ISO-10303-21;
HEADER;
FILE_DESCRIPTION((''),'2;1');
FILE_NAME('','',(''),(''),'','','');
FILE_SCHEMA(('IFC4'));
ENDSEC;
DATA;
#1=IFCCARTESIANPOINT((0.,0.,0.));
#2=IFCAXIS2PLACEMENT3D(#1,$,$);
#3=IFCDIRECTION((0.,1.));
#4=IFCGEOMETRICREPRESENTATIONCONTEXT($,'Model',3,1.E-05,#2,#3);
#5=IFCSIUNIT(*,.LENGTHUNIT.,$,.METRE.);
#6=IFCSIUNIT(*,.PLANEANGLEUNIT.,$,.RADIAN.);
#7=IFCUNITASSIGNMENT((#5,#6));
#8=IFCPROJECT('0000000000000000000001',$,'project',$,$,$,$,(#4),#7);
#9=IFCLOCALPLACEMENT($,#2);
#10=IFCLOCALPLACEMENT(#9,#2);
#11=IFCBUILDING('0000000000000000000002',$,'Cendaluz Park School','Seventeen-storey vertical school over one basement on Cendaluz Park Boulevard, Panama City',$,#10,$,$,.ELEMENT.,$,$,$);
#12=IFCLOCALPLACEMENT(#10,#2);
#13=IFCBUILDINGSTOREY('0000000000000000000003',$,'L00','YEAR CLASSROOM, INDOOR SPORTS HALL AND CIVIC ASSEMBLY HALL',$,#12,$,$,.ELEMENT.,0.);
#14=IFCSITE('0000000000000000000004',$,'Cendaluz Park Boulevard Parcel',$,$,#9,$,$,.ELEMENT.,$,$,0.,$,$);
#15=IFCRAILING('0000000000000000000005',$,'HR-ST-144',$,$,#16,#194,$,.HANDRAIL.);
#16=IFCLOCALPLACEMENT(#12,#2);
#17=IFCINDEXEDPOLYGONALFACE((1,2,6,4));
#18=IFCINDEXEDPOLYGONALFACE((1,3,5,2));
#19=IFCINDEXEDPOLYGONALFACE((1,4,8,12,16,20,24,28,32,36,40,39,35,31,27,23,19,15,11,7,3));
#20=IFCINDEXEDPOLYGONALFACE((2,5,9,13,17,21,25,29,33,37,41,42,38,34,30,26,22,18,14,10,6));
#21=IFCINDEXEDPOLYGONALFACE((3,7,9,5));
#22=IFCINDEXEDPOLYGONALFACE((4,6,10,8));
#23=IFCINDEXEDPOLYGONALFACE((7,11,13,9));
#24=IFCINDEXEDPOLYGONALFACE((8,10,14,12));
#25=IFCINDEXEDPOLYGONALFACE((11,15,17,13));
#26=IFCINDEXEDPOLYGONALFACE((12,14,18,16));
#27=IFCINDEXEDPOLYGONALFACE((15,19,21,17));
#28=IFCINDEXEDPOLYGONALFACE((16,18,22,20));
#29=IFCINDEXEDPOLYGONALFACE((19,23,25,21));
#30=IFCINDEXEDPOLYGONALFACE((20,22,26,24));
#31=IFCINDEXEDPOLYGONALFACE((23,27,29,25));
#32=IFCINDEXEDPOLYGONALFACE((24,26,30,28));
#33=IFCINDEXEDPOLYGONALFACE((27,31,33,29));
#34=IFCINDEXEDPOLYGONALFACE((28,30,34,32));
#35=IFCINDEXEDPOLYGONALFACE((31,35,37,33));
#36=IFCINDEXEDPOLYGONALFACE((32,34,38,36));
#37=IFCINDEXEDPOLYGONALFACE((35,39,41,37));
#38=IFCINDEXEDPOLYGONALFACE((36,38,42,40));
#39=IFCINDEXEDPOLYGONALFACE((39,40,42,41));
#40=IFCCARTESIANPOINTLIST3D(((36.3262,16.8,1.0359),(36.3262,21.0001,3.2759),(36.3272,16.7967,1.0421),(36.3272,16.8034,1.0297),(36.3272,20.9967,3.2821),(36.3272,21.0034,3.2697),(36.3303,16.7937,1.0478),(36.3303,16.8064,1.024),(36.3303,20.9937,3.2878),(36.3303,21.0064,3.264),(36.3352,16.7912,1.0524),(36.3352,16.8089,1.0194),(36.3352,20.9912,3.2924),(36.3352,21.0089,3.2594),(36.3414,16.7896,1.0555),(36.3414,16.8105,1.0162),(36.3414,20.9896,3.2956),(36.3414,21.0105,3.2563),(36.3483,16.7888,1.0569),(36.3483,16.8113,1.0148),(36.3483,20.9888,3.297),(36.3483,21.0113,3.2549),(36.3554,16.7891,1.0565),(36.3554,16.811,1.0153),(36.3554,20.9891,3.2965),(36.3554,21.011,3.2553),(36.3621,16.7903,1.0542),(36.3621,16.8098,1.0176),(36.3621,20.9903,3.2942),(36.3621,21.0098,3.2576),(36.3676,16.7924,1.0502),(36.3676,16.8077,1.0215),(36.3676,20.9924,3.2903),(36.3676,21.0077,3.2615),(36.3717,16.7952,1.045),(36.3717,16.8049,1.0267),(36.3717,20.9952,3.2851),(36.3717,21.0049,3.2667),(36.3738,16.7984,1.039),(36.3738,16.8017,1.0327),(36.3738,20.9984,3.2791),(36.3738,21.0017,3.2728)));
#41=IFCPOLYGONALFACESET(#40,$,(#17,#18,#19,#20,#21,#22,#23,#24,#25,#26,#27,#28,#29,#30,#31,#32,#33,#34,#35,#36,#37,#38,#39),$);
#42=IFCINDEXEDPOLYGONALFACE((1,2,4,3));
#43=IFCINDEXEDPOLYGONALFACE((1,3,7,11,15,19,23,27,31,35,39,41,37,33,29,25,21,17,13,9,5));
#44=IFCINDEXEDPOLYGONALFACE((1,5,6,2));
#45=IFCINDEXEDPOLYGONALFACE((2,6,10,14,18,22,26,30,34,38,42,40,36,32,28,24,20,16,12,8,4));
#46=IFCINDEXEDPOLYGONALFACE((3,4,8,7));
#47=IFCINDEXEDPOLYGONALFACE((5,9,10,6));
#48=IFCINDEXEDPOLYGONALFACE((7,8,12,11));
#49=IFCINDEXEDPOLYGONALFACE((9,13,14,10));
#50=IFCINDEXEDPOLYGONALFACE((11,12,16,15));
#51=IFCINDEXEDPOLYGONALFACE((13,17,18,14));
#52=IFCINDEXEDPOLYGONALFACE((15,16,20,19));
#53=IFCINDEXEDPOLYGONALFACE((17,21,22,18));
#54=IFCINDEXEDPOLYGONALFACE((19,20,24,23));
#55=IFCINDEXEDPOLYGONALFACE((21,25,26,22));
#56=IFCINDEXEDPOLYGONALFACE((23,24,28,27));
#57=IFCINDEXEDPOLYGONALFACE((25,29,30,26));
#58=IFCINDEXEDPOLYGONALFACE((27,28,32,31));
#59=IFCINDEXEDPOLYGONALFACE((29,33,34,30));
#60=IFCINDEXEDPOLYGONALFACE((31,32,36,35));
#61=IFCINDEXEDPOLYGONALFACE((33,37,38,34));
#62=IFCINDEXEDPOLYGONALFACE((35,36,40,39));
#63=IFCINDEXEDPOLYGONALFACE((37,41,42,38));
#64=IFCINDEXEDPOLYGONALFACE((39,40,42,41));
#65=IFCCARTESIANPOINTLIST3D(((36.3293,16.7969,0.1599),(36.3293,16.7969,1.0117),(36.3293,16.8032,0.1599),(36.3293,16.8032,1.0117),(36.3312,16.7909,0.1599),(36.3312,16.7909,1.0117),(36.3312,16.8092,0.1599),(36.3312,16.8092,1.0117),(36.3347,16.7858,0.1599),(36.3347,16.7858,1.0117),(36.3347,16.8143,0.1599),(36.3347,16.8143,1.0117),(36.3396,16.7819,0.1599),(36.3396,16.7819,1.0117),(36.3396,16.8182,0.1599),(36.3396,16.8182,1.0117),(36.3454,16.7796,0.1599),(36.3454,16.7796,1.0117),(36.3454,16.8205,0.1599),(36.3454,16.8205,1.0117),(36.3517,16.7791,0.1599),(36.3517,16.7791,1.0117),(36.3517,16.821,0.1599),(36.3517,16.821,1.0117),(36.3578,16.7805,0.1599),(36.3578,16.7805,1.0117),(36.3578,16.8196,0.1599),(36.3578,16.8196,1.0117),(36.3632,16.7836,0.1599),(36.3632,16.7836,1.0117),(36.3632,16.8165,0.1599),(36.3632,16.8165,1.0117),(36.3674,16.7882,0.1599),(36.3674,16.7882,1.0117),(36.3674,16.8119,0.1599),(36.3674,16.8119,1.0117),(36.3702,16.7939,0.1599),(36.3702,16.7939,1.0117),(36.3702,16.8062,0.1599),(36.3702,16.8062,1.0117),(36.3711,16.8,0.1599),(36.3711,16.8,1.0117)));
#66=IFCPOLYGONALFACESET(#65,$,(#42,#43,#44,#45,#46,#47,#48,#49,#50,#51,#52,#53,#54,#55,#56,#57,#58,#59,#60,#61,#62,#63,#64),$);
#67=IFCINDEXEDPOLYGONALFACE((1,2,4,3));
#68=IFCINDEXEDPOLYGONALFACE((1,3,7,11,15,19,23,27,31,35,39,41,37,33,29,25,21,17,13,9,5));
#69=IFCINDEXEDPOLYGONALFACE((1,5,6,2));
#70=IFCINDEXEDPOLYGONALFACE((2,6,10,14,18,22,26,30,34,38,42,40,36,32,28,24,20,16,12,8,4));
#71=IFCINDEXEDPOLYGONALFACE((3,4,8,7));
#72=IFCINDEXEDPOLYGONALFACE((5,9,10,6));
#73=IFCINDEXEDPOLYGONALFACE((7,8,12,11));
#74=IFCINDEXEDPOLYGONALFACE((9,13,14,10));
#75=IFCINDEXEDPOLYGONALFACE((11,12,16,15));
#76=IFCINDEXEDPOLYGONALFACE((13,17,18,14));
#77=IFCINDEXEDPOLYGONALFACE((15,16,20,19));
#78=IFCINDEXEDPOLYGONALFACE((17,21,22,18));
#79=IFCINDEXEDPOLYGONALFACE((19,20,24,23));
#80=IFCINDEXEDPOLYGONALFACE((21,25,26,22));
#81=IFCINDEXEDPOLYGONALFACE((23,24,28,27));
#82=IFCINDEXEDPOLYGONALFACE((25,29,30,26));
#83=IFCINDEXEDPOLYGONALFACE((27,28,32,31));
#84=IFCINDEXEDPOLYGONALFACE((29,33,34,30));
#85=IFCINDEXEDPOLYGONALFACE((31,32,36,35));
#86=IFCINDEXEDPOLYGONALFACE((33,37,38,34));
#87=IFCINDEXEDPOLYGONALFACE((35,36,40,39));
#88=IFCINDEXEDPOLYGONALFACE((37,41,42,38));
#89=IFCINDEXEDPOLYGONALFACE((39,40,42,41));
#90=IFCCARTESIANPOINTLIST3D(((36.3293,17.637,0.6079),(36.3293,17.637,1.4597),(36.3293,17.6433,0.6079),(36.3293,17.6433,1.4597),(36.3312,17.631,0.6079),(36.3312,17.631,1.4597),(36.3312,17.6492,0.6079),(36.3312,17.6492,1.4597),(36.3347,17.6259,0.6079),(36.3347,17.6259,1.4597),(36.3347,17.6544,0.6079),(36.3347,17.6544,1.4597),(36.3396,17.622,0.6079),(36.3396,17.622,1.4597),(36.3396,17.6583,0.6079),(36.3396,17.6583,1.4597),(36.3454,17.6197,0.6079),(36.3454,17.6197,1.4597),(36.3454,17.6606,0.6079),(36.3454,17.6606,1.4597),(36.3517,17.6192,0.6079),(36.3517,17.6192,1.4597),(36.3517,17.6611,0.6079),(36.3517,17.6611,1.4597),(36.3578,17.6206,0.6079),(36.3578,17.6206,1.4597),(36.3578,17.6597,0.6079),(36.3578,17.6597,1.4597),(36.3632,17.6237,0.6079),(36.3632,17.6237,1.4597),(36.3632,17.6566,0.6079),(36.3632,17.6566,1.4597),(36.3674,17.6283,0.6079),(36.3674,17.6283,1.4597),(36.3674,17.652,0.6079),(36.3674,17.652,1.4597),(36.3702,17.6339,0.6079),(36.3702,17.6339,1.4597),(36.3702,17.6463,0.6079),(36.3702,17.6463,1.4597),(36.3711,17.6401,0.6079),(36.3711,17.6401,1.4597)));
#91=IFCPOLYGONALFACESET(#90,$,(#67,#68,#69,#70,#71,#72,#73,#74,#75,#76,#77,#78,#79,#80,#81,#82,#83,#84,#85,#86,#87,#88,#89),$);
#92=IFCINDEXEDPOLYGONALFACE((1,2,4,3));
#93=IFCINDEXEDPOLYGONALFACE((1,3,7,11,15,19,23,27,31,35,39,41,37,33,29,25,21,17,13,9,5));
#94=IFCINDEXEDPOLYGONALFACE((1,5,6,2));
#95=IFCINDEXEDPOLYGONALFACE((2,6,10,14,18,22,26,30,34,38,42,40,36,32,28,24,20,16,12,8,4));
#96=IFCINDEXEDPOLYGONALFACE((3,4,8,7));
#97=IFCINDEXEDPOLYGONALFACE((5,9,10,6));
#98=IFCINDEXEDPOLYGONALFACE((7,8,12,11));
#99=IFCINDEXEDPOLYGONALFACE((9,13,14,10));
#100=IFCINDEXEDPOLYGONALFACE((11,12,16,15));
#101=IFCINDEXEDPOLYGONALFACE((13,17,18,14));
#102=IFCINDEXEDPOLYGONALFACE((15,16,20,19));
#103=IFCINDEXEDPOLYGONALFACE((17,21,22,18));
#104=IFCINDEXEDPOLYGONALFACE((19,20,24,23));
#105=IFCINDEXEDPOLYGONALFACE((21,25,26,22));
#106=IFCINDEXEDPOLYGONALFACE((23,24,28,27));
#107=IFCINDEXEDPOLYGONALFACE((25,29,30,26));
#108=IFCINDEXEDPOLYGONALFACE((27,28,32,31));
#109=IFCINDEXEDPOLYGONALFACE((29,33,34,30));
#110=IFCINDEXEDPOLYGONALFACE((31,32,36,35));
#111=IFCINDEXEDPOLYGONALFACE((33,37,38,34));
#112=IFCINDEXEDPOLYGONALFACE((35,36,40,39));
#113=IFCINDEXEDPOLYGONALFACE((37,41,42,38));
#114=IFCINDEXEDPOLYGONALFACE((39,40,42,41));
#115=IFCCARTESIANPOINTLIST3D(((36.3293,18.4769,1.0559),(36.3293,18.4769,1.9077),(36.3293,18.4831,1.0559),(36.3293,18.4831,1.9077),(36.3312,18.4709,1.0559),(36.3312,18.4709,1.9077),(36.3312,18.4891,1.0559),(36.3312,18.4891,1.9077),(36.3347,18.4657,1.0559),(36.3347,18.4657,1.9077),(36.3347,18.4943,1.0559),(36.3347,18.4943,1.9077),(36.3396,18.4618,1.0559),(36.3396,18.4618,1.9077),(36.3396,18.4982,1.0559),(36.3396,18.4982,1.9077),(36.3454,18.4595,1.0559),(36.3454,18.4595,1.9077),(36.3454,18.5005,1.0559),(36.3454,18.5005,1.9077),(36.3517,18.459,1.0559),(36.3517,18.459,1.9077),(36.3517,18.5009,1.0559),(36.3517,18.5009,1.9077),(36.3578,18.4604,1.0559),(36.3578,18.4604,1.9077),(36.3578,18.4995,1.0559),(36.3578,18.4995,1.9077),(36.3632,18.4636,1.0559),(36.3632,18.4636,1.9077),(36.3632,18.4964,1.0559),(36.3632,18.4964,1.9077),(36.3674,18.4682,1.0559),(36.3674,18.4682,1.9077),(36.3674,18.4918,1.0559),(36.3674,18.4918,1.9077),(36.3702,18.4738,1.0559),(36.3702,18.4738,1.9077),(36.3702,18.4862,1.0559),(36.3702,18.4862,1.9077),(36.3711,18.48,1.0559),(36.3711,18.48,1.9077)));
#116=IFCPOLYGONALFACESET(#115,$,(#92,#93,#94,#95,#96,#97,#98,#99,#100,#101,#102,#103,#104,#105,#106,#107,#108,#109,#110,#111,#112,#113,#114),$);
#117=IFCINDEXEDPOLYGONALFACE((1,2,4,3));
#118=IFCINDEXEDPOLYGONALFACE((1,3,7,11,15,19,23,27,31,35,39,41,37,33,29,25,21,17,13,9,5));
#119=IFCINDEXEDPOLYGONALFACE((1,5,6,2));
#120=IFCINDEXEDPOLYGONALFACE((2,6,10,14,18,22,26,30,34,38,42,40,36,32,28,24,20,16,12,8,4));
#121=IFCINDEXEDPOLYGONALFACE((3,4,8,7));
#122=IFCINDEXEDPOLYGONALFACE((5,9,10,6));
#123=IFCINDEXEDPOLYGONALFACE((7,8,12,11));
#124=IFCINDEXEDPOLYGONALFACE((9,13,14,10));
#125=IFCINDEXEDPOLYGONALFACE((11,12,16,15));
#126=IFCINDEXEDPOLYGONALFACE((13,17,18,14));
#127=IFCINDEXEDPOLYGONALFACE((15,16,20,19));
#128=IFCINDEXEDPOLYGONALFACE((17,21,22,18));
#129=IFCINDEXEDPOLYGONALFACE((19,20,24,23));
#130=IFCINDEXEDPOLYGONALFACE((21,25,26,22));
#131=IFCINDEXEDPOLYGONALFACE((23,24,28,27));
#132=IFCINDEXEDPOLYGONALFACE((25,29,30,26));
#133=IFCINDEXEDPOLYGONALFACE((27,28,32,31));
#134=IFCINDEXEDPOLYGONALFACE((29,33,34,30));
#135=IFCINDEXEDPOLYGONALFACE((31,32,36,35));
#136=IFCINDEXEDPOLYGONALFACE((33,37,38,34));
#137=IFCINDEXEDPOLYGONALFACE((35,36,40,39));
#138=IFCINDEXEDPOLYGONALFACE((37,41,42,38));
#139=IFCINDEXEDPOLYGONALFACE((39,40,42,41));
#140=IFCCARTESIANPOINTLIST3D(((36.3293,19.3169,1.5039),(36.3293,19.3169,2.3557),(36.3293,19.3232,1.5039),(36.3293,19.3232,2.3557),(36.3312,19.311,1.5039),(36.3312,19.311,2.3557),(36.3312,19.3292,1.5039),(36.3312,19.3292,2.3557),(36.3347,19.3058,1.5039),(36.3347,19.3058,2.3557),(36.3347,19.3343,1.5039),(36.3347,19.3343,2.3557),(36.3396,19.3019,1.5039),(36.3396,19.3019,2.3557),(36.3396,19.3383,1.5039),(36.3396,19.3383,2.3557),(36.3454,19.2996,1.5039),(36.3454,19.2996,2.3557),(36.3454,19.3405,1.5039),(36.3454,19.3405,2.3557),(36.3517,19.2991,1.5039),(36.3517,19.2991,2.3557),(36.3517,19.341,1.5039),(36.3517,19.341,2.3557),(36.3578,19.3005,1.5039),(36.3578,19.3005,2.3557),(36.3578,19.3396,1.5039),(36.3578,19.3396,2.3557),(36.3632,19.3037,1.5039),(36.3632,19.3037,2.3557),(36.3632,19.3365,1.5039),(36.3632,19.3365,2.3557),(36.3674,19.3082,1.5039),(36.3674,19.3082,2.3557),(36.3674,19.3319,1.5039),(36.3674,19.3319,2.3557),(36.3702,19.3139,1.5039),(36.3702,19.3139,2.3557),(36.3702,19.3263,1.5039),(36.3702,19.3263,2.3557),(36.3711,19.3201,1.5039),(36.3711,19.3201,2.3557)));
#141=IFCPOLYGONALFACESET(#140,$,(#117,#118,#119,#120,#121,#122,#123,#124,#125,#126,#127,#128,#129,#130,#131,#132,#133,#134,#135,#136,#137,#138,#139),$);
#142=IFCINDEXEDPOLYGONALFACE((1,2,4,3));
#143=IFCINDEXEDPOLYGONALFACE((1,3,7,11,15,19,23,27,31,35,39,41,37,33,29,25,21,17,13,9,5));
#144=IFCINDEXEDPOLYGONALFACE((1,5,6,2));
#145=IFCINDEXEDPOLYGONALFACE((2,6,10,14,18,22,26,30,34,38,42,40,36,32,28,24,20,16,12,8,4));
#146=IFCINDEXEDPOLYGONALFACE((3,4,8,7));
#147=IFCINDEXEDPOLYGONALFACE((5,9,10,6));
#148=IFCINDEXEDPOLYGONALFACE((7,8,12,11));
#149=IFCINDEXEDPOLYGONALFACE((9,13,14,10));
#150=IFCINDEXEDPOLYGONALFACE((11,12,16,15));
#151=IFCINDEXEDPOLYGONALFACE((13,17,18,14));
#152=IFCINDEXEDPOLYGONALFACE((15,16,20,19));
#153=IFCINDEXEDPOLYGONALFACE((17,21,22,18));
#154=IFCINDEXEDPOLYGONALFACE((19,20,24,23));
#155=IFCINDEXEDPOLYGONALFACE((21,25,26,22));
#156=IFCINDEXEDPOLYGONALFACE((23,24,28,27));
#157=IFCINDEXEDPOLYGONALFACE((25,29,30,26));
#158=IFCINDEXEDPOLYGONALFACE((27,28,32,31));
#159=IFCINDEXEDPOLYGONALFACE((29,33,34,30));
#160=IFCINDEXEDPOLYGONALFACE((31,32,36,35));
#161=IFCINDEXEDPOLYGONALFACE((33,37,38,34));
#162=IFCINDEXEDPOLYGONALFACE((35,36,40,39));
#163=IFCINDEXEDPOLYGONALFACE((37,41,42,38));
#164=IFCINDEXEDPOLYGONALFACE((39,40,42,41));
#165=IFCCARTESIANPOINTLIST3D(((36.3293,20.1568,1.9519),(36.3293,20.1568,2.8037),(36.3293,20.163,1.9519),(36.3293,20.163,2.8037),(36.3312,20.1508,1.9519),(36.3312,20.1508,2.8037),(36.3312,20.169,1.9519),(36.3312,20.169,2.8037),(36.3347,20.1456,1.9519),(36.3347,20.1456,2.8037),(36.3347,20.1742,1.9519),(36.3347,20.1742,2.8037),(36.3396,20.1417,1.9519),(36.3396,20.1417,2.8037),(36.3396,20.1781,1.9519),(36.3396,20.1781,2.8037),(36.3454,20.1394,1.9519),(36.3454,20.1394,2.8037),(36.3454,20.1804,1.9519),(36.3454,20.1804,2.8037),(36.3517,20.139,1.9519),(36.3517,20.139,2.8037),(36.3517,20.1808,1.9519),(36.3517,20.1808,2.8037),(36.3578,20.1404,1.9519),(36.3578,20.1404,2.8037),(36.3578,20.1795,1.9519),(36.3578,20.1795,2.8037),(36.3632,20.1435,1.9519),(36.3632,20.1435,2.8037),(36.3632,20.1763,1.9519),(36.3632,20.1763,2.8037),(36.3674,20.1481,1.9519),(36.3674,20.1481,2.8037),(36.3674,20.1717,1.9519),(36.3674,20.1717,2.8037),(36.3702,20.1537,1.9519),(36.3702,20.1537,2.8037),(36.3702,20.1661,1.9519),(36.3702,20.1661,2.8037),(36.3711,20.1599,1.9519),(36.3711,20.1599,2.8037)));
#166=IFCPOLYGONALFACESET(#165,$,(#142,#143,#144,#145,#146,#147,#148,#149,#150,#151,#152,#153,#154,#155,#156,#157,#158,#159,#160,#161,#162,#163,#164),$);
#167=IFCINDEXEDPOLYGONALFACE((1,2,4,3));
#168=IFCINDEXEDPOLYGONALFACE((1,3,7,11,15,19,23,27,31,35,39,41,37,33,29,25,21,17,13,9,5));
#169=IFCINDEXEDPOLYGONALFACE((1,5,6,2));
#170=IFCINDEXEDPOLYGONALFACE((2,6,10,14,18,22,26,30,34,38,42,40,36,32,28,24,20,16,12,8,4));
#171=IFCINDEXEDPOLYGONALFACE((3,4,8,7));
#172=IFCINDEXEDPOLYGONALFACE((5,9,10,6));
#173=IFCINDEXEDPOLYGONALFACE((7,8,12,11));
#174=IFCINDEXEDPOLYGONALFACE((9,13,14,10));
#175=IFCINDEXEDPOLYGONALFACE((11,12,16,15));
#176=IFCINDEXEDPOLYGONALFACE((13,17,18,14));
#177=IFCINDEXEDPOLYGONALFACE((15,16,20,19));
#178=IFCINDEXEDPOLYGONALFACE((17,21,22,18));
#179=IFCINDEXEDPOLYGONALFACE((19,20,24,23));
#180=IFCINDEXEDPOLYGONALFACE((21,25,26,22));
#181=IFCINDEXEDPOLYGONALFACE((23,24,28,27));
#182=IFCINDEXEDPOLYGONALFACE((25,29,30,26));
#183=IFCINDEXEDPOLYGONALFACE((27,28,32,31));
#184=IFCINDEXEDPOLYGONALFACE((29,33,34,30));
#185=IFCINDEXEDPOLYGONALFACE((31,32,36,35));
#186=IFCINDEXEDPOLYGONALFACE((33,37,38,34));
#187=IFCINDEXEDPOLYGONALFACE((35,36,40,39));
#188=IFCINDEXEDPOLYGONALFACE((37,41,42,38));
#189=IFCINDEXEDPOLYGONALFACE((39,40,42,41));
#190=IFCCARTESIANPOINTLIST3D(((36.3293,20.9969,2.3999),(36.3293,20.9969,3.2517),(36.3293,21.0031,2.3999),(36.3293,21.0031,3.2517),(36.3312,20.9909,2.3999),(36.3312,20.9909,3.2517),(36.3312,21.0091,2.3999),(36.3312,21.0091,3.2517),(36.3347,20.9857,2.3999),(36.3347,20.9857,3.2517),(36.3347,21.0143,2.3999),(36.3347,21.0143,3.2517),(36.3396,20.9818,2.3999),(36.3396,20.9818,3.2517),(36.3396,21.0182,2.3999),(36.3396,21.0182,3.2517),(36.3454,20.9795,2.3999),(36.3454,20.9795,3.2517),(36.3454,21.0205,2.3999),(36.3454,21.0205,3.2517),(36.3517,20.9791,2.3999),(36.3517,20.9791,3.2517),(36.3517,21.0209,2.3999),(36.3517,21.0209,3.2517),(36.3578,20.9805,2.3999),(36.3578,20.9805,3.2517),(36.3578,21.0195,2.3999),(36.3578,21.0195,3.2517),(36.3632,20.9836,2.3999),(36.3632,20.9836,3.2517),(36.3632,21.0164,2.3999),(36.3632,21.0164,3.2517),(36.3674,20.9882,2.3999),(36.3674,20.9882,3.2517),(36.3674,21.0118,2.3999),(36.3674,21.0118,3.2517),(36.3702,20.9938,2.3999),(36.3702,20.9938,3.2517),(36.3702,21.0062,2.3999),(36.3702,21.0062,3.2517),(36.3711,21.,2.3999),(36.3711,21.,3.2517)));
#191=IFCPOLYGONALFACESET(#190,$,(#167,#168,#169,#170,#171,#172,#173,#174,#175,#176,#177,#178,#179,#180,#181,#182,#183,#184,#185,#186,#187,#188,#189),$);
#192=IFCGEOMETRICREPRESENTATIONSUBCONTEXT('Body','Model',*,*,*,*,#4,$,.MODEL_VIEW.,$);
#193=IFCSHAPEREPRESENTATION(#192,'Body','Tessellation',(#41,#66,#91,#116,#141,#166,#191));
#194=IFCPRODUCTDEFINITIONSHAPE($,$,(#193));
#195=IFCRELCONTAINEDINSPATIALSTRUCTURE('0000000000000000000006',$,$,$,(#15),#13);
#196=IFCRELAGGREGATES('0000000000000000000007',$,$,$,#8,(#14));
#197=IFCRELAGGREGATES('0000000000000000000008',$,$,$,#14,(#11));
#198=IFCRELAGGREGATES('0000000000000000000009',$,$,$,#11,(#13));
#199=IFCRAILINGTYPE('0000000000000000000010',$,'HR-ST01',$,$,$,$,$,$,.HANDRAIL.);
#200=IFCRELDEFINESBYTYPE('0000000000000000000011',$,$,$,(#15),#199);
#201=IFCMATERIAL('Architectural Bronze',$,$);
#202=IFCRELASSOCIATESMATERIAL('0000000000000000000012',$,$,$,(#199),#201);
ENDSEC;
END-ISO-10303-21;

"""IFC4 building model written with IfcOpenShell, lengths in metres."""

from ifc_helpers import new_model, si_unit, direction, frame, origin, origin_2d, place, context, subcontext, project, spatial, circle, extrude, material, type_object, element, save


model = new_model("IFC4")

# Units and contexts
model_context = context("Model", 3, precision=1e-05, world=origin(), true_north=direction((0.0, 1.0)))
body_context = subcontext(model_context, "Body", "Model", "MODEL_VIEW")
ifc_project = project(units=[si_unit("LENGTHUNIT", "METRE"), si_unit("PLANEANGLEUNIT", "RADIAN")], contexts=[model_context])

# Site, building, storey
site_placement = place(None, origin())
site = spatial("IfcSite", under=ifc_project, at=site_placement, Name="Cendaluz Park Boulevard Parcel", CompositionType="ELEMENT", RefElevation=0.0)
building_placement = place(site_placement, origin())
building = spatial("IfcBuilding", under=site, at=building_placement, Name="Cendaluz Park School", Description="Seventeen-storey vertical school over one basement on Cendaluz Park Boulevard, Panama City", CompositionType="ELEMENT")
storey_placement = place(building_placement, origin())
storey = spatial("IfcBuildingStorey", under=building, at=storey_placement, Name="L00", Description="YEAR CLASSROOM, INDOOR SPORTS HALL AND CIVIC ASSEMBLY HALL", CompositionType="ELEMENT", Elevation=0.0)

# Railing
ifc_material_1 = material(Name="Architectural Bronze")
railing_type_1 = type_object("IfcRailingType", Name="HR-ST01", PredefinedType="HANDRAIL", material=ifc_material_1)
railing_1_placement = place(storey_placement, frame((36.3501, 16.8, 0.1599)))
element("IfcRailing", 1, at=railing_1_placement, inside=storey, type_object=railing_type_1, Name="HR-ST-144", PredefinedType="HANDRAIL", context=body_context, shape_type="SweptSolid", body=[
    extrude(circle(Radius=0.0239, at=origin_2d()), frame((0.0, 0.0, 0.876), z_axis=(0.0, 0.882352, 0.470591), x_axis=(-1.0, 0.0, 0.0)), (0.0, 0.0, 1.0), 4.76),
    extrude(circle(Radius=0.021, at=origin_2d()), origin(), (0.0, 0.0, 1.0), 0.8518),
    extrude(circle(Radius=0.021, at=origin_2d()), frame((0.0, 0.8401, 0.448)), (0.0, 0.0, 1.0), 0.8518),
    extrude(circle(Radius=0.021, at=origin_2d()), frame((0.0, 1.6799, 0.896)), (0.0, 0.0, 1.0), 0.8518),
    extrude(circle(Radius=0.021, at=origin_2d()), frame((0.0, 2.52, 1.344)), (0.0, 0.0, 1.0), 0.8518),
    extrude(circle(Radius=0.021, at=origin_2d()), frame((0.0, 3.3599, 1.792)), (0.0, 0.0, 1.0), 0.8518),
    extrude(circle(Radius=0.021, at=origin_2d()), frame((0.0, 4.2, 2.24)), (0.0, 0.0, 1.0), 0.8518),
])

save(model, "model.ifc")
